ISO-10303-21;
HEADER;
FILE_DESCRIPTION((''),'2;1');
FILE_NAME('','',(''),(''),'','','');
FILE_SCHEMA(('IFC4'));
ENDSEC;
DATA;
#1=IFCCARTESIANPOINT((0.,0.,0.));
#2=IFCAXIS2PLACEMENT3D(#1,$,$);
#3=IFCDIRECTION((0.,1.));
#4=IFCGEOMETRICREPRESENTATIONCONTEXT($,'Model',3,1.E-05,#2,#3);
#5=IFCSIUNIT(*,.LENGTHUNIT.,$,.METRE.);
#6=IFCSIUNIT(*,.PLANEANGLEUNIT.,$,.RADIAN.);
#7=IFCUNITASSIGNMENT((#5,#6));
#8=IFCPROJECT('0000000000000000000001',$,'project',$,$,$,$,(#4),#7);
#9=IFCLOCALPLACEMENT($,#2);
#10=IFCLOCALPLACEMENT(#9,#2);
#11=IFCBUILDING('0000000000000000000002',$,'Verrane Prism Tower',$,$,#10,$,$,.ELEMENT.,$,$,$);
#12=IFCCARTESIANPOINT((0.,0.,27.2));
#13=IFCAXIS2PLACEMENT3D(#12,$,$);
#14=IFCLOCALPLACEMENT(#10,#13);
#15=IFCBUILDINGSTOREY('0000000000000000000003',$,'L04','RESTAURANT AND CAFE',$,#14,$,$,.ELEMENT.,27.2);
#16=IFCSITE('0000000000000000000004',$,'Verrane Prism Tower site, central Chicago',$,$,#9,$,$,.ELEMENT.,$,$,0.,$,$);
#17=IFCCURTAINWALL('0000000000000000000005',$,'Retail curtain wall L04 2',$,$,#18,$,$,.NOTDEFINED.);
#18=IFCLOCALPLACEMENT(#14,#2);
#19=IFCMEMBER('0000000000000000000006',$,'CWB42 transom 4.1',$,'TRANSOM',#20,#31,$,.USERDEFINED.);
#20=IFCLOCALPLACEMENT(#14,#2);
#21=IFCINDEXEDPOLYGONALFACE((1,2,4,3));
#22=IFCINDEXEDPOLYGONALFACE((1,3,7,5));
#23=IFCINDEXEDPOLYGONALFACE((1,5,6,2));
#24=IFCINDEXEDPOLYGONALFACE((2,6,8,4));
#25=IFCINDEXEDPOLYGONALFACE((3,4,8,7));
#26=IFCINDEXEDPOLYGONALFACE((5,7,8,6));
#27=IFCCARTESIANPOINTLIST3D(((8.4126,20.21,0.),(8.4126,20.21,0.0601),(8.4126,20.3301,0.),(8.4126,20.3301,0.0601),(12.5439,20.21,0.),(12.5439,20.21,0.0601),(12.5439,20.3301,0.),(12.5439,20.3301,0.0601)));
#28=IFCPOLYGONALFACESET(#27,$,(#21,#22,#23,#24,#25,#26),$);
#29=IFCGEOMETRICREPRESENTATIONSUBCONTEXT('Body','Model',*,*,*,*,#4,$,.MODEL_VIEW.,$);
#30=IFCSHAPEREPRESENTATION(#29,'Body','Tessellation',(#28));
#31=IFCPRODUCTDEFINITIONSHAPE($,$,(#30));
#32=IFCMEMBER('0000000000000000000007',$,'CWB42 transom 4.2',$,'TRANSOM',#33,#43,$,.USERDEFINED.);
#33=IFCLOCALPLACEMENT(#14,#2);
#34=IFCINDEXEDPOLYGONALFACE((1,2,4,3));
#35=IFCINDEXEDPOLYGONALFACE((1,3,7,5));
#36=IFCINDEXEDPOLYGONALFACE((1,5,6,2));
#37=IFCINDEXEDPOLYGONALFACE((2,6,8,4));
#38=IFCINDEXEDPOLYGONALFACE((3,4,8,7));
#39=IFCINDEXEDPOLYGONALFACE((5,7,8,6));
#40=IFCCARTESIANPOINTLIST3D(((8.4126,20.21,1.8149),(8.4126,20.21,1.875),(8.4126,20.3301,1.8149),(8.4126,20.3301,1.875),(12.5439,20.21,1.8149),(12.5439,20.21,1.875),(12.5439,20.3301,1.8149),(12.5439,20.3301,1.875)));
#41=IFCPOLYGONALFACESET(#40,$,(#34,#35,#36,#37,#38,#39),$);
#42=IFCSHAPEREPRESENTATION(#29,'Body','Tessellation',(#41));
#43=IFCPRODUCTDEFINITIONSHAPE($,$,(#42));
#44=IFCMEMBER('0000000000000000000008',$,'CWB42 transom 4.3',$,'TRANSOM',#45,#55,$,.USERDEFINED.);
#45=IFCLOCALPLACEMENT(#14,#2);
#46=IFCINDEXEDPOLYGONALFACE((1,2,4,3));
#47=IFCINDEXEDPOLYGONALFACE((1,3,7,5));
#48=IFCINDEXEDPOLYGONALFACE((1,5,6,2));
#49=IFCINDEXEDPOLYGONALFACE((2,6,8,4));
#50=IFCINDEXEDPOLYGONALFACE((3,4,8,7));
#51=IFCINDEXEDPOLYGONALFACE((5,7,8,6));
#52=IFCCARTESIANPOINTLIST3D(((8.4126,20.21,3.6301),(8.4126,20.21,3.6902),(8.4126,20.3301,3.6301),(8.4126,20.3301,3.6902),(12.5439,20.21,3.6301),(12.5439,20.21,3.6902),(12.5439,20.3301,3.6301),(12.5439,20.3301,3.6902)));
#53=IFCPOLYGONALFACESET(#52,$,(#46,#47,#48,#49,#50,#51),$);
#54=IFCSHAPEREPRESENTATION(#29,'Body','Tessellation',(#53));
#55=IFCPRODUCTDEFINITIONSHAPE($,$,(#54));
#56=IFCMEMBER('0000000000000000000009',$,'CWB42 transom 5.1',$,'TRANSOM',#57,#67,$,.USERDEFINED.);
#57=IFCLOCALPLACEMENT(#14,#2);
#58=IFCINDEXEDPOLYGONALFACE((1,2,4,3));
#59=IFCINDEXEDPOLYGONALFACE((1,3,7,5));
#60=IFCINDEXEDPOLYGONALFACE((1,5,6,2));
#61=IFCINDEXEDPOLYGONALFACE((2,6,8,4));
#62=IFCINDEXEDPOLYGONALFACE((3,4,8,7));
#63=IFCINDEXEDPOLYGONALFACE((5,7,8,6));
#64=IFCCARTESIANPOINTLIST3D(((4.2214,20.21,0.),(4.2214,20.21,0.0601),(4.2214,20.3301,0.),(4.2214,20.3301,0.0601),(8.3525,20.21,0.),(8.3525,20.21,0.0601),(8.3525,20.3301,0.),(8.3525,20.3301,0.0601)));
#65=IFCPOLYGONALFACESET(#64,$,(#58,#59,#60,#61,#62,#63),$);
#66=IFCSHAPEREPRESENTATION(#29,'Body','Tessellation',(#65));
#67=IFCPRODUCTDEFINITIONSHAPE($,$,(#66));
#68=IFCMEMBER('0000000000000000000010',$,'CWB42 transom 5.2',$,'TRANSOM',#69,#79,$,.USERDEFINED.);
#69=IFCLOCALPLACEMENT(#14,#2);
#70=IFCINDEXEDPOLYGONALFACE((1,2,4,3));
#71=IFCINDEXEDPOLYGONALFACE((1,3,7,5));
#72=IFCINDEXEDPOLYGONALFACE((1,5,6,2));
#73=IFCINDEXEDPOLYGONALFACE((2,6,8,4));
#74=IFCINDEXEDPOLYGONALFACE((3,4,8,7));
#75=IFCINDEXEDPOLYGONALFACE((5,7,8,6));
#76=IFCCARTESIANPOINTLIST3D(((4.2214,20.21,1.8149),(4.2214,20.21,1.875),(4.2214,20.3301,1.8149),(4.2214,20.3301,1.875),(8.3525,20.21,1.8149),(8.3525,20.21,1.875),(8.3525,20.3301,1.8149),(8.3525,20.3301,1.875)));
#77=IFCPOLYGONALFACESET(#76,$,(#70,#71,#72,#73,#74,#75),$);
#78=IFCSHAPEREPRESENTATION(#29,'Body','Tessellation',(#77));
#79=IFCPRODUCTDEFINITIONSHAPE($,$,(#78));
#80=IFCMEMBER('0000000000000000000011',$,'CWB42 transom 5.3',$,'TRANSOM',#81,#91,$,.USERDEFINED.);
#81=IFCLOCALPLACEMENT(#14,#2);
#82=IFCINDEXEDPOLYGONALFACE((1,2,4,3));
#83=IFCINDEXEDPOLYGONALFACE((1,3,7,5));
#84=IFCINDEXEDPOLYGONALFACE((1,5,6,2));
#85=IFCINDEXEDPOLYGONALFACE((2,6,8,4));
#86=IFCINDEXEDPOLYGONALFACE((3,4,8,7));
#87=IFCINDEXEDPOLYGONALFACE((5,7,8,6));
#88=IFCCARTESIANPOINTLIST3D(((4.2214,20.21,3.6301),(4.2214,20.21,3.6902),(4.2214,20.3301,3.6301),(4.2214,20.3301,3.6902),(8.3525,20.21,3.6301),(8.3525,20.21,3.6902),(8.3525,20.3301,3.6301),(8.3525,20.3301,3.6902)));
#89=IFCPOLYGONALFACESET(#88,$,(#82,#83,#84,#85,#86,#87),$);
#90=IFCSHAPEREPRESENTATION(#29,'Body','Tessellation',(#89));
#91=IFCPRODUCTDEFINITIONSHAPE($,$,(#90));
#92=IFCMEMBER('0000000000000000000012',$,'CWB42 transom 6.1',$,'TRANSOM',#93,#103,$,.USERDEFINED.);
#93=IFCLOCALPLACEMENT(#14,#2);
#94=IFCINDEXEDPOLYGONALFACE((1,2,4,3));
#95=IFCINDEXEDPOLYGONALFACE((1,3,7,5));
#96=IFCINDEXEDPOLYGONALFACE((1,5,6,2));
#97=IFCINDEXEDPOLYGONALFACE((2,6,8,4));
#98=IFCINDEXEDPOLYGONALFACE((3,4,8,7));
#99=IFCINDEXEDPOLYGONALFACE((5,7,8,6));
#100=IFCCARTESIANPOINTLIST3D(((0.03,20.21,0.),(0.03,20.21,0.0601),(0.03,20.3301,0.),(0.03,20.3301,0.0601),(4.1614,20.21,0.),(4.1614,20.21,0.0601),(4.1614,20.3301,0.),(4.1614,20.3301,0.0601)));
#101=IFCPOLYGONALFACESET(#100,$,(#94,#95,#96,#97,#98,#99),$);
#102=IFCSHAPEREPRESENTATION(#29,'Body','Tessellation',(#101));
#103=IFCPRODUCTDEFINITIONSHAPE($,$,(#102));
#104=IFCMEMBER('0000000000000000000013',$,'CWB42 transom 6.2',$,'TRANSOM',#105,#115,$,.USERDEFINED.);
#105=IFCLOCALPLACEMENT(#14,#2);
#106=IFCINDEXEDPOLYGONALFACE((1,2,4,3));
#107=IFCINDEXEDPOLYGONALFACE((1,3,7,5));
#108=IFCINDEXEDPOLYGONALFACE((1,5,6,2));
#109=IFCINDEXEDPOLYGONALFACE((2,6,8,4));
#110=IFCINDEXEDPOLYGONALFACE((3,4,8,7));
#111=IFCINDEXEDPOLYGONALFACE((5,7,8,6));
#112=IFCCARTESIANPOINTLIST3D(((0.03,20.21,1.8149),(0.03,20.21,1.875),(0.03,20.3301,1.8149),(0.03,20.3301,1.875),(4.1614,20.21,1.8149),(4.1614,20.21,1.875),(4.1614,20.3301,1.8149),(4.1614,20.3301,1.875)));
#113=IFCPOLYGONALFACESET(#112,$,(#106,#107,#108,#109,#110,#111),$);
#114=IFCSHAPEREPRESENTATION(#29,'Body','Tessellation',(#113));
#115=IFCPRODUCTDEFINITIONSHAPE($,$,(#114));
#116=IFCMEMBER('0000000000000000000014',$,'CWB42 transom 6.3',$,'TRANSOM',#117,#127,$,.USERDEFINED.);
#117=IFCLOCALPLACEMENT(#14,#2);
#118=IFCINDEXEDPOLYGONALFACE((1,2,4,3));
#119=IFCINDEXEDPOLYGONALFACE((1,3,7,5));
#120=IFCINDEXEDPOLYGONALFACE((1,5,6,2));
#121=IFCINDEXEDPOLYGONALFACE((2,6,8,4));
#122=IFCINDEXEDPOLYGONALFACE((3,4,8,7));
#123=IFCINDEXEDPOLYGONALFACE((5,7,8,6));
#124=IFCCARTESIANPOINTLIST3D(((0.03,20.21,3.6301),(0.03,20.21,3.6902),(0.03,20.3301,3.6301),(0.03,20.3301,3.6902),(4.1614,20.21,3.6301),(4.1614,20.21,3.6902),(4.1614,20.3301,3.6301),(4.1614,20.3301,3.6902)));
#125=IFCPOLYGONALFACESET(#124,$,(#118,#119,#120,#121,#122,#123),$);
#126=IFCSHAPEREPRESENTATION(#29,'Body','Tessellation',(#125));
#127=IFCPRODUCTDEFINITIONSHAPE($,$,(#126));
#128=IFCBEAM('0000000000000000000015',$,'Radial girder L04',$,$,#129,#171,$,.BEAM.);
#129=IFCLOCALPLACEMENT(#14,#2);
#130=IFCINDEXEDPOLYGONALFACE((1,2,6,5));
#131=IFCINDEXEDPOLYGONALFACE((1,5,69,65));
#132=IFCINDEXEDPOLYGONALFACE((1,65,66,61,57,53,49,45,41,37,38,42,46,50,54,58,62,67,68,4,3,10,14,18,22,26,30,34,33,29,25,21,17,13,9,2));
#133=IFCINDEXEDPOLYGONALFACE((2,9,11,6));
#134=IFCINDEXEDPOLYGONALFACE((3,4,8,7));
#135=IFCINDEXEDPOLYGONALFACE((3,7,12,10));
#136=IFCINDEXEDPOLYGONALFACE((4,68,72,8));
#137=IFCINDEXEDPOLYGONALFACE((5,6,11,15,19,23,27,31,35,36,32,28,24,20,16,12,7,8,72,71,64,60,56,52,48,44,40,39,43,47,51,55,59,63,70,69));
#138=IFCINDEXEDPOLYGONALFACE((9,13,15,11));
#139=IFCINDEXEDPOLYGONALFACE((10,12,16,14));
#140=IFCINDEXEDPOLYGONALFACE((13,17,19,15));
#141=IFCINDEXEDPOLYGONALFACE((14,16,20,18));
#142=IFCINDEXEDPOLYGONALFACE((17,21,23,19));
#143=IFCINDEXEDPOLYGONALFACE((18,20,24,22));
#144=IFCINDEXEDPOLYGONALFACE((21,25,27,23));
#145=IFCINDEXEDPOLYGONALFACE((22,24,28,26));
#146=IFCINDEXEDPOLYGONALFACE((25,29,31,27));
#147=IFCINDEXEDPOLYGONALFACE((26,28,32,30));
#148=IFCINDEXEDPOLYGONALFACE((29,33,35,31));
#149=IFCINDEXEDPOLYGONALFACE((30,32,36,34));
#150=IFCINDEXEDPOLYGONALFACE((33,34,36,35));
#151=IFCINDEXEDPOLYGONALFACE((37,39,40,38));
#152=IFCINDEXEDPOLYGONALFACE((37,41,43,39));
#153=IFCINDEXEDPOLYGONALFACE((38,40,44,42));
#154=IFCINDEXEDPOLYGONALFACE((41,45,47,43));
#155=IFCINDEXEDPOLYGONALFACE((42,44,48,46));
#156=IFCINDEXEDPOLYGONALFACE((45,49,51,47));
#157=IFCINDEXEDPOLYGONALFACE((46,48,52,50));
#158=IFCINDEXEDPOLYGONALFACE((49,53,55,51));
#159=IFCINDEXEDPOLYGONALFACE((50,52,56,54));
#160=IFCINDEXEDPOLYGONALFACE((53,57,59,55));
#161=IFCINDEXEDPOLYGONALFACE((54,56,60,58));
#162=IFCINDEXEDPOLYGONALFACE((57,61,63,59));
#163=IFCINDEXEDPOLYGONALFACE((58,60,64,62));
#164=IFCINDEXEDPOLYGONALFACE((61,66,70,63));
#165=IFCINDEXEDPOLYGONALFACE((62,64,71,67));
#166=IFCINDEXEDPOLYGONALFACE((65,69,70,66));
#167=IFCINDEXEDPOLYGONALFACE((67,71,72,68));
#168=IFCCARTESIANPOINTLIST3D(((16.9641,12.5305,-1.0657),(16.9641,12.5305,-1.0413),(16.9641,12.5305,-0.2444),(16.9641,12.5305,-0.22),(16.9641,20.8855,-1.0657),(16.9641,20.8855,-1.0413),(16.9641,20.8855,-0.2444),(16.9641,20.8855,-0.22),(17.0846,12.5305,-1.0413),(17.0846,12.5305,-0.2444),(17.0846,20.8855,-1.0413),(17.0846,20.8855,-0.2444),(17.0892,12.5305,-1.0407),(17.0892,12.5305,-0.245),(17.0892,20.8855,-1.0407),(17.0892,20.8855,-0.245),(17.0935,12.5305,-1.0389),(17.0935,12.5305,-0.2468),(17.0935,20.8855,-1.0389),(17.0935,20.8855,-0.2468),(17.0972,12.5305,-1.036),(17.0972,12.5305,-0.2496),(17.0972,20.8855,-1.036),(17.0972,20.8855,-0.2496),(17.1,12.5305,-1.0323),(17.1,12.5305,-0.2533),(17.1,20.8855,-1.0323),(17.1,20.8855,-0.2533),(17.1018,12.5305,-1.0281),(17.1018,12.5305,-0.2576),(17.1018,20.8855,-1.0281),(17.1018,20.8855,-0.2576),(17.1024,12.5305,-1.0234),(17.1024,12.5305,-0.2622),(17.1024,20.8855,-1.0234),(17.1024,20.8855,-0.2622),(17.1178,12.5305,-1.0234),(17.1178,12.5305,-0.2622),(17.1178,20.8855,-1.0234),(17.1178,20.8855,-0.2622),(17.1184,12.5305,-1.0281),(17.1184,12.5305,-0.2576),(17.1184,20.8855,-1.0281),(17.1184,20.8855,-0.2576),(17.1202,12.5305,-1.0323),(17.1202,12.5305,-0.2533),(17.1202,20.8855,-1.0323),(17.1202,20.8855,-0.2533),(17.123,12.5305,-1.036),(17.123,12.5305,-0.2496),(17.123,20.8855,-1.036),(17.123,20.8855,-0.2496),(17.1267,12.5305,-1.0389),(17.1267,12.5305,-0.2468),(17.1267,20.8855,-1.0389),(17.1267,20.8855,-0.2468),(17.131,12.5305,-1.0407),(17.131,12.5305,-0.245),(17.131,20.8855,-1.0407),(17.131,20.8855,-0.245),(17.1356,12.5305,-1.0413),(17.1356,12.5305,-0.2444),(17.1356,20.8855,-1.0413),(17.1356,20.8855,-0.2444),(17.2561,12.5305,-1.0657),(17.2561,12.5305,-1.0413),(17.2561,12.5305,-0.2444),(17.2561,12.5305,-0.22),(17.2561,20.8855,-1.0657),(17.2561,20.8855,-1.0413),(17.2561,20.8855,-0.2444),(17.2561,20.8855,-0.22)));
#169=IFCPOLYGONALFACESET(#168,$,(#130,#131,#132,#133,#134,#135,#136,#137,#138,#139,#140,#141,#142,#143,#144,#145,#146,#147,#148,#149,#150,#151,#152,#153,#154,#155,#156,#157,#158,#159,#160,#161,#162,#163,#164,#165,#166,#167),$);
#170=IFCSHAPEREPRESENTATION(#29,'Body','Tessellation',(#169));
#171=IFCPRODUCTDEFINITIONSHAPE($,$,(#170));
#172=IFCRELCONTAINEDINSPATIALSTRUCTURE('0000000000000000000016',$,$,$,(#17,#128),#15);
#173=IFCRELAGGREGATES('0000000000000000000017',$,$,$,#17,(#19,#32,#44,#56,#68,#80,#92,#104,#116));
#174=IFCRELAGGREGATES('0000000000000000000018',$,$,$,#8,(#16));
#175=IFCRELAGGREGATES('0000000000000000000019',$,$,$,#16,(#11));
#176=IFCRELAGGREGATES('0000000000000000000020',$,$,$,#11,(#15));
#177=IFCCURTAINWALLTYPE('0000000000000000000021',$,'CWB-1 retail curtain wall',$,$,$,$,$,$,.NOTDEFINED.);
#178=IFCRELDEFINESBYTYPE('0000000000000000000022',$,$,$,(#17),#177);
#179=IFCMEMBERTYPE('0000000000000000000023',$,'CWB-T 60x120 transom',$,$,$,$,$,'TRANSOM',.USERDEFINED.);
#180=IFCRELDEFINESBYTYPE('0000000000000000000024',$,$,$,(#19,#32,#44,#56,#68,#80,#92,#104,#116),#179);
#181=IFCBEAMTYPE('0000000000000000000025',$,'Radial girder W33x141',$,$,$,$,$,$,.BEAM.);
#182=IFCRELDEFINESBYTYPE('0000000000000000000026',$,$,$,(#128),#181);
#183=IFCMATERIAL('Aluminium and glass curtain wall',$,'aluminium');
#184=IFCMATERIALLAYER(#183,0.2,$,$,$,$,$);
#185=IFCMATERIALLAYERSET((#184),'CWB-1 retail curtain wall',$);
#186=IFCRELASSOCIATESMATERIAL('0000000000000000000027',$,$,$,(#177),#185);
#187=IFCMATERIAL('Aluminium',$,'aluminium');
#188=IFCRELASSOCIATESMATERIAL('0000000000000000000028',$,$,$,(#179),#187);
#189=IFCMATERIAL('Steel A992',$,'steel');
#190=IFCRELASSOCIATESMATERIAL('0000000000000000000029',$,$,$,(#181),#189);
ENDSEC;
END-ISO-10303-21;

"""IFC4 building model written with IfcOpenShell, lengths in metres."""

from ifc_helpers import new_model, si_unit, direction, frame, origin, origin_2d, place, context, subcontext, project, spatial, rectangle, i_section, extrude, material, layer, layer_set, material_profile, profile_set, type_object, element, aggregate, save


model = new_model("IFC4")

# Units and contexts
model_context = context("Model", 3, precision=1e-05, world=origin(), true_north=direction((0.0, 1.0)))
body_context = subcontext(model_context, "Body", "Model", "MODEL_VIEW")
ifc_project = project(units=[si_unit("LENGTHUNIT", "METRE"), si_unit("PLANEANGLEUNIT", "RADIAN")], contexts=[model_context])

# Site, building, storey
site_placement = place(None, origin())
site = spatial("IfcSite", under=ifc_project, at=site_placement, Name="Verrane Prism Tower site, central Chicago", CompositionType="ELEMENT", RefElevation=0.0)
building_placement = place(site_placement, origin())
building = spatial("IfcBuilding", under=site, at=building_placement, Name="Verrane Prism Tower", CompositionType="ELEMENT")
storey_placement = place(building_placement, frame((0.0, 0.0, 27.2)))
storey = spatial("IfcBuildingStorey", under=building, at=storey_placement, Name="L04", Description="RESTAURANT AND CAFE", CompositionType="ELEMENT", Elevation=27.2)

# Curtain wall, members
ifc_material_1 = material(Name="Aluminium and glass curtain wall", Category="aluminium")
ifc_layer_1 = layer(ifc_material_1, 0.2)
ifc_layer_set_1 = layer_set([ifc_layer_1], Name="CWB-1 retail curtain wall")
curtain_wall_type = type_object("IfcCurtainWallType", Name="CWB-1 retail curtain wall", PredefinedType="NOTDEFINED", material=ifc_layer_set_1)
curtain_wall_placement = place(storey_placement, origin())
curtain_wall = element("IfcCurtainWall", 1, at=curtain_wall_placement, inside=storey, type_object=curtain_wall_type, Name="Retail curtain wall L04 2", PredefinedType="NOTDEFINED")
ifc_material_2 = material(Name="Aluminium", Category="aluminium")
ifc_material_profile_1 = material_profile(ifc_material_2, rectangle(XDim=0.1201, YDim=0.0601, at=origin_2d()), Name="CWB-T 60x120 transom")
ifc_profile_set_1 = profile_set([ifc_material_profile_1], Name="Aluminium")
member_type_1 = type_object("IfcMemberType", Name="CWB-T 60x120 transom", ElementType="TRANSOM", PredefinedType="USERDEFINED", material=ifc_profile_set_1)
member_1_placement = place(storey_placement, frame((12.5439, 20.27, 0.03), z_axis=(-1.0, 0.0, 0.0), x_axis=(0.0, -1.0, 0.0)))
member_1 = element("IfcMember", 2, at=member_1_placement, type_object=member_type_1, Name="CWB42 transom 4.1", ObjectType="TRANSOM", PredefinedType="USERDEFINED", context=body_context, shape_type="SweptSolid", body=[
    extrude(rectangle(XDim=0.1201, YDim=0.0601, at=origin_2d()), origin(), (0.0, 0.0, 1.0), 4.1313),
])
member_2_placement = place(storey_placement, frame((12.5439, 20.27, 1.845), z_axis=(-1.0, 0.0, 0.0), x_axis=(0.0, -1.0, 0.0)))
member_2 = element("IfcMember", 3, at=member_2_placement, type_object=member_type_1, Name="CWB42 transom 4.2", ObjectType="TRANSOM", PredefinedType="USERDEFINED", context=body_context, shape_type="SweptSolid", body=[
    extrude(rectangle(XDim=0.1201, YDim=0.0601, at=origin_2d()), origin(), (0.0, 0.0, 1.0), 4.1313),
])
member_3_placement = place(storey_placement, frame((12.5439, 20.27, 3.6602), z_axis=(-1.0, 0.0, 0.0), x_axis=(0.0, -1.0, 0.0)))
member_3 = element("IfcMember", 4, at=member_3_placement, type_object=member_type_1, Name="CWB42 transom 4.3", ObjectType="TRANSOM", PredefinedType="USERDEFINED", context=body_context, shape_type="SweptSolid", body=[
    extrude(rectangle(XDim=0.1201, YDim=0.0601, at=origin_2d()), origin(), (0.0, 0.0, 1.0), 4.1313),
])
member_4_placement = place(storey_placement, frame((8.3525, 20.27, 0.03), z_axis=(-1.0, 0.0, 0.0), x_axis=(0.0, -1.0, 0.0)))
member_4 = element("IfcMember", 5, at=member_4_placement, type_object=member_type_1, Name="CWB42 transom 5.1", ObjectType="TRANSOM", PredefinedType="USERDEFINED", context=body_context, shape_type="SweptSolid", body=[
    extrude(rectangle(XDim=0.1201, YDim=0.0601, at=origin_2d()), origin(), (0.0, 0.0, 1.0), 4.1311),
])
member_5_placement = place(storey_placement, frame((8.3525, 20.27, 1.845), z_axis=(-1.0, 0.0, 0.0), x_axis=(0.0, -1.0, 0.0)))
member_5 = element("IfcMember", 6, at=member_5_placement, type_object=member_type_1, Name="CWB42 transom 5.2", ObjectType="TRANSOM", PredefinedType="USERDEFINED", context=body_context, shape_type="SweptSolid", body=[
    extrude(rectangle(XDim=0.1201, YDim=0.0601, at=origin_2d()), origin(), (0.0, 0.0, 1.0), 4.1311),
])
member_6_placement = place(storey_placement, frame((8.3525, 20.27, 3.6602), z_axis=(-1.0, 0.0, 0.0), x_axis=(0.0, -1.0, 0.0)))
member_6 = element("IfcMember", 7, at=member_6_placement, type_object=member_type_1, Name="CWB42 transom 5.3", ObjectType="TRANSOM", PredefinedType="USERDEFINED", context=body_context, shape_type="SweptSolid", body=[
    extrude(rectangle(XDim=0.1201, YDim=0.0601, at=origin_2d()), origin(), (0.0, 0.0, 1.0), 4.1311),
])
member_7_placement = place(storey_placement, frame((4.1614, 20.27, 0.03), z_axis=(-1.0, 0.0, 0.0), x_axis=(0.0, -1.0, 0.0)))
member_7 = element("IfcMember", 8, at=member_7_placement, type_object=member_type_1, Name="CWB42 transom 6.1", ObjectType="TRANSOM", PredefinedType="USERDEFINED", context=body_context, shape_type="SweptSolid", body=[
    extrude(rectangle(XDim=0.1201, YDim=0.0601, at=origin_2d()), origin(), (0.0, 0.0, 1.0), 4.1313),
])
member_8_placement = place(storey_placement, frame((4.1614, 20.27, 1.845), z_axis=(-1.0, 0.0, 0.0), x_axis=(0.0, -1.0, 0.0)))
member_8 = element("IfcMember", 9, at=member_8_placement, type_object=member_type_1, Name="CWB42 transom 6.2", ObjectType="TRANSOM", PredefinedType="USERDEFINED", context=body_context, shape_type="SweptSolid", body=[
    extrude(rectangle(XDim=0.1201, YDim=0.0601, at=origin_2d()), origin(), (0.0, 0.0, 1.0), 4.1313),
])
member_9_placement = place(storey_placement, frame((4.1614, 20.27, 3.6602), z_axis=(-1.0, 0.0, 0.0), x_axis=(0.0, -1.0, 0.0)))
member_9 = element("IfcMember", 10, at=member_9_placement, type_object=member_type_1, Name="CWB42 transom 6.3", ObjectType="TRANSOM", PredefinedType="USERDEFINED", context=body_context, shape_type="SweptSolid", body=[
    extrude(rectangle(XDim=0.1201, YDim=0.0601, at=origin_2d()), origin(), (0.0, 0.0, 1.0), 4.1313),
])

# Beam
ifc_material_3 = material(Name="Steel A992", Category="steel")
ifc_material_profile_2 = material_profile(ifc_material_3, i_section(OverallWidth=0.292, OverallDepth=0.8457, WebThickness=0.0154, FlangeThickness=0.0244, FilletRadius=0.0178, at=origin_2d()), Name="W33x141")
ifc_profile_set_2 = profile_set([ifc_material_profile_2], Name="Steel A992")
beam_type_1 = type_object("IfcBeamType", Name="Radial girder W33x141", PredefinedType="BEAM", material=ifc_profile_set_2)
beam_1_placement = place(storey_placement, frame((17.1101, 20.8855, -0.6428), z_axis=(0.0, -1.0, 0.0), x_axis=(1.0, 0.0, 0.0)))
element("IfcBeam", 11, at=beam_1_placement, inside=storey, type_object=beam_type_1, Name="Radial girder L04", PredefinedType="BEAM", context=body_context, shape_type="SweptSolid", body=[
    extrude(i_section(OverallWidth=0.292, OverallDepth=0.8457, WebThickness=0.0154, FlangeThickness=0.0244, FilletRadius=0.0178, at=origin_2d()), origin(), (0.0, 0.0, 1.0), 8.355),
])

aggregate(curtain_wall, [member_1, member_2, member_3, member_4, member_5, member_6, member_7, member_8, member_9])

save(model, "model.ifc")
